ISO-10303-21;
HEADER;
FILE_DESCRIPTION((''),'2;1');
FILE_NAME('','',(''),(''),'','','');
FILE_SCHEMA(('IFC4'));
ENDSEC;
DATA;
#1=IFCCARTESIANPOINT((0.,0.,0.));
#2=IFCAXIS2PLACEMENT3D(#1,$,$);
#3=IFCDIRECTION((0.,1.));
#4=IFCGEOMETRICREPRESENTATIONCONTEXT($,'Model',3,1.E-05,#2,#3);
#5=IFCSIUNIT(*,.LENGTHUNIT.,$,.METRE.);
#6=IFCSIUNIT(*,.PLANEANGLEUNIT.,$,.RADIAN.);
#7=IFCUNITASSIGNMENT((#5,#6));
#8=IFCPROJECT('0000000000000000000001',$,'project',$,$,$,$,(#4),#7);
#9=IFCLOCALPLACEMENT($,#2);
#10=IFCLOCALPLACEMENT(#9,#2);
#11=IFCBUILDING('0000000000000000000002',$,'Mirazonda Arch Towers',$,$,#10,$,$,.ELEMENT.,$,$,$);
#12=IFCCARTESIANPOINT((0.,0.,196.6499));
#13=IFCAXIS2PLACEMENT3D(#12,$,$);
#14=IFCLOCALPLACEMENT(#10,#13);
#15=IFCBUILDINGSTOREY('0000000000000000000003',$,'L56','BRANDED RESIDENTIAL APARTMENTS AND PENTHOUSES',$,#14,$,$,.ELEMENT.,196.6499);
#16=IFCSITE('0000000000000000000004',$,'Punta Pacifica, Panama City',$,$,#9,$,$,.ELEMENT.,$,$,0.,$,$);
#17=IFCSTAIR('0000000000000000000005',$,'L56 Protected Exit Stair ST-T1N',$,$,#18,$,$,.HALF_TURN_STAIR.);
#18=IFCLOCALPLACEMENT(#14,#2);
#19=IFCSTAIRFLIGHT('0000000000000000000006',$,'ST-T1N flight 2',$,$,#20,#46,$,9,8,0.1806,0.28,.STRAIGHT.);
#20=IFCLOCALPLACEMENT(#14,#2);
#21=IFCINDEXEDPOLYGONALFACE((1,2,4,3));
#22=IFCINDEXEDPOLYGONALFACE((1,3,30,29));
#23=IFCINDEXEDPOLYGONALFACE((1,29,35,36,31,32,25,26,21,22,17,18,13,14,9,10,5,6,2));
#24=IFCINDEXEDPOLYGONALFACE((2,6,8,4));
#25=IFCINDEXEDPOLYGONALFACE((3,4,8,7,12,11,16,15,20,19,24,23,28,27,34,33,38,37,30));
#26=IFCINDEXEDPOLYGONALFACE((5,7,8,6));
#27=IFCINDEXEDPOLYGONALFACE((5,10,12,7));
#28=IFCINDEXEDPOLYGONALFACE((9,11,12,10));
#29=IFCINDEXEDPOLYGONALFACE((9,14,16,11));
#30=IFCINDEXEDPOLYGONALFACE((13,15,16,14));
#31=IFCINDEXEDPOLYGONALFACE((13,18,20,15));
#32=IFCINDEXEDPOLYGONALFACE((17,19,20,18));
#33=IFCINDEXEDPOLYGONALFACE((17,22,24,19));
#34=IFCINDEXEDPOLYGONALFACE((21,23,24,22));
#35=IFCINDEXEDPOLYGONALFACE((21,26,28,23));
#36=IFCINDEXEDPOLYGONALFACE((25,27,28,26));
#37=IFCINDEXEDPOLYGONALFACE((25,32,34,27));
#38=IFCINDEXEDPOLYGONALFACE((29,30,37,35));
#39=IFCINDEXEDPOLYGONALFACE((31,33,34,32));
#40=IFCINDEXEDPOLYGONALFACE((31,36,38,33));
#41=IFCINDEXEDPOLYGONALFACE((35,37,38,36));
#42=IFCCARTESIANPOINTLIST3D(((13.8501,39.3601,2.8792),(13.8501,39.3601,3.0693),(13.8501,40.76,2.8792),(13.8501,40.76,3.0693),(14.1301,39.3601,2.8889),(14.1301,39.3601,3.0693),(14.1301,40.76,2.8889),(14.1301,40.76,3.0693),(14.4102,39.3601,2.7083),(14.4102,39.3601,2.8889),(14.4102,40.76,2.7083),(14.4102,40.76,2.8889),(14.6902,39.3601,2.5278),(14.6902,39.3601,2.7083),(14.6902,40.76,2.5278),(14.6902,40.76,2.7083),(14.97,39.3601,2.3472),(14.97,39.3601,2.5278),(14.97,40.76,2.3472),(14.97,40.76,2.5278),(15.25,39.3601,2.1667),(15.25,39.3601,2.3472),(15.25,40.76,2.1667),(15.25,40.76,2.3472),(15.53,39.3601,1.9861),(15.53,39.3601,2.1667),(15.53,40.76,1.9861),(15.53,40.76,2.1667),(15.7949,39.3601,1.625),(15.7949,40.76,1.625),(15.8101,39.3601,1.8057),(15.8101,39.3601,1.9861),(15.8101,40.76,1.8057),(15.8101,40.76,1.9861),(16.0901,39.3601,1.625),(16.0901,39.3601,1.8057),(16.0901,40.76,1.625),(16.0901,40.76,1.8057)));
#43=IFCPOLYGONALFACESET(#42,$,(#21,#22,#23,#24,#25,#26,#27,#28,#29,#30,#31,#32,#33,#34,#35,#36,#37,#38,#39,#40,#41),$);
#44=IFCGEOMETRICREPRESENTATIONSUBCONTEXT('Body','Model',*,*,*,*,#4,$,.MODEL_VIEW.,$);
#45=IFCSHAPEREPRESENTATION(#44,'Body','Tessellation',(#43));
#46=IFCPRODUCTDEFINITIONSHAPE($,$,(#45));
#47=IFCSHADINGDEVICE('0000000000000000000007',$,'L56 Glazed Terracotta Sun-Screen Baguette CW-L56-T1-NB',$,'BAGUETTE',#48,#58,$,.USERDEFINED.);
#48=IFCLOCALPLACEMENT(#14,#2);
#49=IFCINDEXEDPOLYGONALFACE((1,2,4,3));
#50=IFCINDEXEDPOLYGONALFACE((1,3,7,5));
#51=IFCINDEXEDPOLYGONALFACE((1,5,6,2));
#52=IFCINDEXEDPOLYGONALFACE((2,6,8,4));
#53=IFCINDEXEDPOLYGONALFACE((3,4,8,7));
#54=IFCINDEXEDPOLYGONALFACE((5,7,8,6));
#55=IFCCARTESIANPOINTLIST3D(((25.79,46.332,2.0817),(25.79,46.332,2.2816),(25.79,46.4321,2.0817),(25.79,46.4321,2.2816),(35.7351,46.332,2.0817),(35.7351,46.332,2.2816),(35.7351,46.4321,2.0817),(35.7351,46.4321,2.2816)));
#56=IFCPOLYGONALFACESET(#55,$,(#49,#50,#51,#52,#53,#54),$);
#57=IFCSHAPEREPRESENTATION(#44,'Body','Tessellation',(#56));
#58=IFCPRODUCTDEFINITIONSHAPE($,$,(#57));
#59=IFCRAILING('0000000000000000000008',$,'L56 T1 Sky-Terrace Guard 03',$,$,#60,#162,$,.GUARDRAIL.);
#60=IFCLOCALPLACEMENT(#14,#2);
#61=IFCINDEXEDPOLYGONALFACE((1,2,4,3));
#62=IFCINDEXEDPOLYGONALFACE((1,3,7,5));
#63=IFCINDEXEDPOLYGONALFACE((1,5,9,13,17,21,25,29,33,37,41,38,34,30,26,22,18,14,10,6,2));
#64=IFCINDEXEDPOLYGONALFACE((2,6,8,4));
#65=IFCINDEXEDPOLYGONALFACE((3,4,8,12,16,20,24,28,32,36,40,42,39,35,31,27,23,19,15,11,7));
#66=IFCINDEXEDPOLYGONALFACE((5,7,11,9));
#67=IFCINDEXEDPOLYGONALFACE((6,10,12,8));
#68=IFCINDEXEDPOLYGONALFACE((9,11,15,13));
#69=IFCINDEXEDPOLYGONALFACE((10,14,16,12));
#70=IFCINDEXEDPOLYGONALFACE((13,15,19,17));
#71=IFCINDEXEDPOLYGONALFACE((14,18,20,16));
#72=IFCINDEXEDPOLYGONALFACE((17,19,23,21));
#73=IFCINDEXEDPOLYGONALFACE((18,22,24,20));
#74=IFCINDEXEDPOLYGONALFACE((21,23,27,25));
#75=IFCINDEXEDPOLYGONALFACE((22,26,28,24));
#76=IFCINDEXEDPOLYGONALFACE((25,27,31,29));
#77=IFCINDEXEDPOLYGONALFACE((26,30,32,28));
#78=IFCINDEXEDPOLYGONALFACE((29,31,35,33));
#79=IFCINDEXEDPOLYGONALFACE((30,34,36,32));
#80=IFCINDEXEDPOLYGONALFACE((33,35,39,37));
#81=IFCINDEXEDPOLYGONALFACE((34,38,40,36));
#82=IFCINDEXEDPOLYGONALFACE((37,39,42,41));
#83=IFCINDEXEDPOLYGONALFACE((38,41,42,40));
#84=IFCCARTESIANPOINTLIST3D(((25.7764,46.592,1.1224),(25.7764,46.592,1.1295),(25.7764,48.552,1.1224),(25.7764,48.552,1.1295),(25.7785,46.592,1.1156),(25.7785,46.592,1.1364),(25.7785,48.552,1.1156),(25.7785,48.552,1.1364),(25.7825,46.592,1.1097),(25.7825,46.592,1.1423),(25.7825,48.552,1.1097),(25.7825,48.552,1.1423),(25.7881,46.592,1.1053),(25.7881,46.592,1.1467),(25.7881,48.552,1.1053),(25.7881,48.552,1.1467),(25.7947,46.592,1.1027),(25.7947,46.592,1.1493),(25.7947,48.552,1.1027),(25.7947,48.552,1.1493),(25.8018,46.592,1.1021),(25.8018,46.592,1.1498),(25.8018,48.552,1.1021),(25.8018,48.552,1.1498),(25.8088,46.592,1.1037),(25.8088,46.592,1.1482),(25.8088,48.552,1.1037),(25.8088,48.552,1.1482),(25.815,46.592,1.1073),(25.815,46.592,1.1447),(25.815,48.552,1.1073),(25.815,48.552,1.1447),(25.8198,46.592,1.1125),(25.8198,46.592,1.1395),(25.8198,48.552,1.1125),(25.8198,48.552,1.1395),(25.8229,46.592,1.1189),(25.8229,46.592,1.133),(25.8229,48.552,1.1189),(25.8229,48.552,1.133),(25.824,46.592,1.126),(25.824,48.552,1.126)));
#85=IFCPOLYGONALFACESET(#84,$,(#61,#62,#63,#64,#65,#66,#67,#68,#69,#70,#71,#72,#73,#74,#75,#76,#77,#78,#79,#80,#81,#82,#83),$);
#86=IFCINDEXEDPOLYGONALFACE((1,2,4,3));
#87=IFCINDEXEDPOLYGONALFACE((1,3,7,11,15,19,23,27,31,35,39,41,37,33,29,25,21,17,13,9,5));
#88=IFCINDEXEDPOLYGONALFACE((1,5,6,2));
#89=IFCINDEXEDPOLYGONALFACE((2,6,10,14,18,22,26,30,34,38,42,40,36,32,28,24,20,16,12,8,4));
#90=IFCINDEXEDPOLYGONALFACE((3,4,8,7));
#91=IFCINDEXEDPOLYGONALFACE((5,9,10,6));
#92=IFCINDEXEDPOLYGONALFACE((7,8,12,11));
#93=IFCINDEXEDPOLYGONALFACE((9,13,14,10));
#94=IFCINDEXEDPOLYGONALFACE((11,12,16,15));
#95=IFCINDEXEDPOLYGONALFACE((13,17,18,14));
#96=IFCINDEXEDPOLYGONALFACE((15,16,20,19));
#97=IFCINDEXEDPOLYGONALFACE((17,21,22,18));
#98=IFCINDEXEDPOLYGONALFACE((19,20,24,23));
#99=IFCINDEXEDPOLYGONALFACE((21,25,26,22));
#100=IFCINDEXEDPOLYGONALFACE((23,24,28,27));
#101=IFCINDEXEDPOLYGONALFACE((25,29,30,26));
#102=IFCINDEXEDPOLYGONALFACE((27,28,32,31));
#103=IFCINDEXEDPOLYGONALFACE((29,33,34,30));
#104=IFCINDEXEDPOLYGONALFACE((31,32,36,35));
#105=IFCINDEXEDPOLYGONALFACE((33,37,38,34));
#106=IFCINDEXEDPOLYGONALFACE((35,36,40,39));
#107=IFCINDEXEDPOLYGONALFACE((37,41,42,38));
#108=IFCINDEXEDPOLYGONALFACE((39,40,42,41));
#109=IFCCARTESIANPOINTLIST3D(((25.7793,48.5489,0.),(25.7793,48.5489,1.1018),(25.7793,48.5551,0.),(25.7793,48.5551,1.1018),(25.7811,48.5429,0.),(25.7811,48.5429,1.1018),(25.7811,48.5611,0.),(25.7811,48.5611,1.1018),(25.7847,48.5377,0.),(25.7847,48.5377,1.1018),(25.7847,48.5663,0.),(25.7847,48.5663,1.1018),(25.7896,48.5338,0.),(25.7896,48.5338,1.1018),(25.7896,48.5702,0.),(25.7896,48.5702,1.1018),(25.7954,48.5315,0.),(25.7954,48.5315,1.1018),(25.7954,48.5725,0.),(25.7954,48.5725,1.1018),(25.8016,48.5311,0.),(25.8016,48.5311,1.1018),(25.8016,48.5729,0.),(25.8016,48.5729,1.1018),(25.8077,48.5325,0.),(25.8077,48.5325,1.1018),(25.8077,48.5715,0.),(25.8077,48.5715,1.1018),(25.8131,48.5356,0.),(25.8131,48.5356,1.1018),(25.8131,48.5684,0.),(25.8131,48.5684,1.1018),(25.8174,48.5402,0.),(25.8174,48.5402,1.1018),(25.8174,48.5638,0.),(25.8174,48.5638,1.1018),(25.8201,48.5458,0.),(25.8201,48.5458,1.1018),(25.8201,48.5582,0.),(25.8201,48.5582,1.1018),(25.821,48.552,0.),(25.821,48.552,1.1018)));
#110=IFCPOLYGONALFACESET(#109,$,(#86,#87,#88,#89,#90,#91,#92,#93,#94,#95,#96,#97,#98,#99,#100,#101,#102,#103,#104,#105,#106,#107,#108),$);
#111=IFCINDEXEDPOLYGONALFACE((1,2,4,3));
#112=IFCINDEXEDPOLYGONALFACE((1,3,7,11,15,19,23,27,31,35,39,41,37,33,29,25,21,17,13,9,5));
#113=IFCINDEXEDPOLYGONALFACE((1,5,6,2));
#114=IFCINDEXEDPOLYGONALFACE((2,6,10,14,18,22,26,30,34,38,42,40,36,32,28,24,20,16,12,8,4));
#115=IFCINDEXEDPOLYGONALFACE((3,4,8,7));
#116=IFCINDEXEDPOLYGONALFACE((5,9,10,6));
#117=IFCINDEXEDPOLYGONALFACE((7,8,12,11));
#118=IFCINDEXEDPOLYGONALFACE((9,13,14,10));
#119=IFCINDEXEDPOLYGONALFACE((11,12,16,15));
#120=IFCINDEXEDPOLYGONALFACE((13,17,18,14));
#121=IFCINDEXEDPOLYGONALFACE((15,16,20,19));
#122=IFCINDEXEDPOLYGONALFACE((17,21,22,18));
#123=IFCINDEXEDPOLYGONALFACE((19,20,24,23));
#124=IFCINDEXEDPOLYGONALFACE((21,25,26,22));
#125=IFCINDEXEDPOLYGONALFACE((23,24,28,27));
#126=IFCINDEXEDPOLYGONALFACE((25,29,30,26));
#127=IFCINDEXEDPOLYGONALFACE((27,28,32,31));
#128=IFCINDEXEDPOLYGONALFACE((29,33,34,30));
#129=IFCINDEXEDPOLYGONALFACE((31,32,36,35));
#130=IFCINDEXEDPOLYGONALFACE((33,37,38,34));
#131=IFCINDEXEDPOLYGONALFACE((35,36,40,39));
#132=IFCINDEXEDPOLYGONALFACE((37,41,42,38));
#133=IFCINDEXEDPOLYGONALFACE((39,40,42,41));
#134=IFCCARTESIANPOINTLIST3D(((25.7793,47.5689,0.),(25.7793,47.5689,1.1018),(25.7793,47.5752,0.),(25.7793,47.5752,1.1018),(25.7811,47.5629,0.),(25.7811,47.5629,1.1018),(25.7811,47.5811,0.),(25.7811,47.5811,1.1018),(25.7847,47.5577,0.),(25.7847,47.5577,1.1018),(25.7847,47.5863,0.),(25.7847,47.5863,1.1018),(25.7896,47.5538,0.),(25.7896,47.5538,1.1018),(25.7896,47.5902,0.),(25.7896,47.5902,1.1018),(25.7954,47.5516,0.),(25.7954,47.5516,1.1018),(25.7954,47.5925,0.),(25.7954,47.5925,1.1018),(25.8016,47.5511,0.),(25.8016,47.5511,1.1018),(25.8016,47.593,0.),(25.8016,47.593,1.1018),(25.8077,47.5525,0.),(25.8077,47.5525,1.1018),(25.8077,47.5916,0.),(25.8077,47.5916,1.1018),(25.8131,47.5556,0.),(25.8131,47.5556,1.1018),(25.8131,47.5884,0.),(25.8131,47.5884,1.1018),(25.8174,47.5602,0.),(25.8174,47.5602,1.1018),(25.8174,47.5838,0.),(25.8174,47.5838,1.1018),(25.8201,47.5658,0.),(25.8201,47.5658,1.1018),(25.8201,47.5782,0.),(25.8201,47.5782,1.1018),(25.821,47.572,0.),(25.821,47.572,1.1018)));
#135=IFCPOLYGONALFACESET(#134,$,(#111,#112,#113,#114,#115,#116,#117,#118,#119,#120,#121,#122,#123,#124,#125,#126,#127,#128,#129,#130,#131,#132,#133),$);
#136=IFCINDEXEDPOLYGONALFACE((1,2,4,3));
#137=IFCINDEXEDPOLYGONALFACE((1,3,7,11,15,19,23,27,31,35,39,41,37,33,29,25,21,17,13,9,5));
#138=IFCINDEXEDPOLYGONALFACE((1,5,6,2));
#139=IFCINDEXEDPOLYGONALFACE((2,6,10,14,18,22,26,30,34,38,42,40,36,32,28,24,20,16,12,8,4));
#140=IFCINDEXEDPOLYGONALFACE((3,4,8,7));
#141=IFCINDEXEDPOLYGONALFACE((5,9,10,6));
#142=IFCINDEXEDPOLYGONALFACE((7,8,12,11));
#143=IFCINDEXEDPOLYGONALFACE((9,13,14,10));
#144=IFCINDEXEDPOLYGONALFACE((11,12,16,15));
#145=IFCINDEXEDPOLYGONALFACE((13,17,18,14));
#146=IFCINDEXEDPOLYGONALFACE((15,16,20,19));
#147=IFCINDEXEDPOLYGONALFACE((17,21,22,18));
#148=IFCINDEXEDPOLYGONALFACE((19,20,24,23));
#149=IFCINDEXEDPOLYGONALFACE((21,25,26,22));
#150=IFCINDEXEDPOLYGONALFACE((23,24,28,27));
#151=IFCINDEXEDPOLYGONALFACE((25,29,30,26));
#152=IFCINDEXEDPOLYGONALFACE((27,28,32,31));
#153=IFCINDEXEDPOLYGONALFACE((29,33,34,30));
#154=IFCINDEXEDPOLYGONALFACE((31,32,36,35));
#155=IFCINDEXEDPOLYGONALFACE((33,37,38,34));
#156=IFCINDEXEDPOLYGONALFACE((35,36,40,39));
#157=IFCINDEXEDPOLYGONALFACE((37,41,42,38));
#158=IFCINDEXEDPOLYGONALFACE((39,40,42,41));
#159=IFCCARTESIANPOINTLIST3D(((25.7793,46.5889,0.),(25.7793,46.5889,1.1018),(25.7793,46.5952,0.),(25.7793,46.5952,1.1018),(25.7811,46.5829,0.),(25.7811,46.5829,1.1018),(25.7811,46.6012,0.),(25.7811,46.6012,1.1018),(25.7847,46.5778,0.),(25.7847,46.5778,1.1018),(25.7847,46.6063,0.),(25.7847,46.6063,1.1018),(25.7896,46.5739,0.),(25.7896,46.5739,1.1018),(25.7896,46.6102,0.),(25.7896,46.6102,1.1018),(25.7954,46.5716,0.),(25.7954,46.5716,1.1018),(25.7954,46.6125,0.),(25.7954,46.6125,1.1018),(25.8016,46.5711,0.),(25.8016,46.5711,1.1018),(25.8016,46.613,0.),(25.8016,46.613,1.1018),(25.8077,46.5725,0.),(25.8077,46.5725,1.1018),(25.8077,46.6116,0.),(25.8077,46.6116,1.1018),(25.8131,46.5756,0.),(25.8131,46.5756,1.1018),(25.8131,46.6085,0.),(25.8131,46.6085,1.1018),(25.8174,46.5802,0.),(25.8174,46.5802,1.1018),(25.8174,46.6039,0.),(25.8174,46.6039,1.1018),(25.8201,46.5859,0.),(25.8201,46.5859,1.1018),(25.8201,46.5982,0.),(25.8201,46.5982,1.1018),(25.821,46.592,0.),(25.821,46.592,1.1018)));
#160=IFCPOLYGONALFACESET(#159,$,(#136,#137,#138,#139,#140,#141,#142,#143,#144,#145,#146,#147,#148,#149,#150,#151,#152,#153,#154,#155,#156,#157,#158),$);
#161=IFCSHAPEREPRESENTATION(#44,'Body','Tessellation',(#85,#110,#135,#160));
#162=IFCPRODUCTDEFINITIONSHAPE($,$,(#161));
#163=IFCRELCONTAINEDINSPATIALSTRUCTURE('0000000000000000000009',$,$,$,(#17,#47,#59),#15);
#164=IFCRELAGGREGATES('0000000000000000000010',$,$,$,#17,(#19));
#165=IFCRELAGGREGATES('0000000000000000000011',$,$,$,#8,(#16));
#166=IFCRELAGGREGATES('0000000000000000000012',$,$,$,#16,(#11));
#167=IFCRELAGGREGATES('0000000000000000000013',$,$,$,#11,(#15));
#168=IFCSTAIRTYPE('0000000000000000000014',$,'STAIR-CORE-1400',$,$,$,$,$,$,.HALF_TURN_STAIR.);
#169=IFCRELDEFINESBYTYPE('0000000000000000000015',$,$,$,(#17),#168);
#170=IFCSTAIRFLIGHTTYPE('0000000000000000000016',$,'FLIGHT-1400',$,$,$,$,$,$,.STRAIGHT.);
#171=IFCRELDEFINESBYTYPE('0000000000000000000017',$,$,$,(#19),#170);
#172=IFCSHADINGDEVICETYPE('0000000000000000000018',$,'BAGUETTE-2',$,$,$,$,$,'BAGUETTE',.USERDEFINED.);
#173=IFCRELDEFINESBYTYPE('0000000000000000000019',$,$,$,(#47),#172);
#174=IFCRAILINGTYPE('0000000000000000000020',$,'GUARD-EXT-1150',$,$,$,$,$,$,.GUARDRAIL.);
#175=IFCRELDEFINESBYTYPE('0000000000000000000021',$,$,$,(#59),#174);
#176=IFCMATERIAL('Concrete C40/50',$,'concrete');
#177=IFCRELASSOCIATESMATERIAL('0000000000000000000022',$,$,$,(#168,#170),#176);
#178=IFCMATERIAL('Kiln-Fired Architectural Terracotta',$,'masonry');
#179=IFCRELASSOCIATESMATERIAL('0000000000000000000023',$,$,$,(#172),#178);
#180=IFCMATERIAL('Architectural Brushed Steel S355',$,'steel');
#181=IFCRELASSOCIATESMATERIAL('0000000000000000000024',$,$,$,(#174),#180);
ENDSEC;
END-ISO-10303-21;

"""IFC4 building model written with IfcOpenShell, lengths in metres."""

from ifc_helpers import new_model, si_unit, direction, frame, origin, origin_2d, place, context, subcontext, project, spatial, polyline, rectangle, circle, outline, extrude, material, material_profile, profile_set, type_object, element, aggregate, save


model = new_model("IFC4")

# Units and contexts
model_context = context("Model", 3, precision=1e-05, world=origin(), true_north=direction((0.0, 1.0)))
body_context = subcontext(model_context, "Body", "Model", "MODEL_VIEW")
ifc_project = project(units=[si_unit("LENGTHUNIT", "METRE"), si_unit("PLANEANGLEUNIT", "RADIAN")], contexts=[model_context])

# Site, building, storey
site_placement = place(None, origin())
site = spatial("IfcSite", under=ifc_project, at=site_placement, Name="Punta Pacifica, Panama City", CompositionType="ELEMENT", RefElevation=0.0)
building_placement = place(site_placement, origin())
building = spatial("IfcBuilding", under=site, at=building_placement, Name="Mirazonda Arch Towers", CompositionType="ELEMENT")
storey_placement = place(building_placement, frame((0.0, 0.0, 196.6499)))
storey = spatial("IfcBuildingStorey", under=building, at=storey_placement, Name="L56", Description="BRANDED RESIDENTIAL APARTMENTS AND PENTHOUSES", CompositionType="ELEMENT", Elevation=196.6499)

# Shared definitions
ifc_material_1 = material(Name="Concrete C40/50", Category="concrete")

# Shared definitions
ifc_material_2 = material(Name="Architectural Brushed Steel S355", Category="steel")

# Stair, stair flight
stair_type = type_object("IfcStairType", Name="STAIR-CORE-1400", PredefinedType="HALF_TURN_STAIR", material=ifc_material_1)
stair_placement = place(storey_placement, origin())
stair = element("IfcStair", 1, at=stair_placement, inside=storey, type_object=stair_type, Name="L56 Protected Exit Stair ST-T1N", PredefinedType="HALF_TURN_STAIR")
stair_flight_type = type_object("IfcStairFlightType", Name="FLIGHT-1400", PredefinedType="STRAIGHT", material=ifc_material_1)
stair_flight_placement = place(storey_placement, frame((16.0901, 40.0601, 1.625), z_axis=(0.0, 0.0, 1.0), x_axis=(-1.0, 0.0, 0.0)))
stair_flight = element("IfcStairFlight", 2, at=stair_flight_placement, type_object=stair_flight_type, Name="ST-T1N flight 2", NumberOfRisers=9, NumberOfTreads=8, PredefinedType="STRAIGHT", RiserHeight=0.1806, TreadLength=0.28, context=body_context, shape_type="SweptSolid", body=[
    extrude(outline(polyline([(0.0, 0.0), (0.0, 0.1807), (0.28, 0.1807), (0.28, 0.3611), (0.5601, 0.3611), (0.5601, 0.5417), (0.8401, 0.5417), (0.8401, 0.7222), (1.1201, 0.7222), (1.1201, 0.9028), (1.3999, 0.9028), (1.3999, 1.0833), (1.6799, 1.0833), (1.6799, 1.2639), (1.96, 1.2639), (1.96, 1.4443), (2.24, 1.4443), (2.24, 1.625), (2.24, 1.2542), (0.2952, 0.0), (0.0, 0.0)])), frame((0.0, 0.7, 0.0), z_axis=(0.0, -1.0, 0.0), x_axis=(1.0, 0.0, 0.0)), (0.0, 0.0, 1.0), 1.3999),
])
aggregate(stair, [stair_flight])

# Shading device
ifc_material_3 = material(Name="Kiln-Fired Architectural Terracotta", Category="masonry")
ifc_material_profile_1 = material_profile(ifc_material_3, rectangle(XDim=0.1001, YDim=0.2, at=origin_2d()), Name="TERRA-BAG-100x200")
ifc_profile_set_1 = profile_set([ifc_material_profile_1], Name="Kiln-Fired Architectural Terracotta")
shading_device_type = type_object("IfcShadingDeviceType", Name="BAGUETTE-2", ElementType="BAGUETTE", PredefinedType="USERDEFINED", material=ifc_profile_set_1)
shading_device_placement = place(storey_placement, frame((25.79, 46.3821, 2.1816), z_axis=(1.0, 0.0, 0.0), x_axis=(0.0, 1.0, 0.0)))
element("IfcShadingDevice", 3, at=shading_device_placement, inside=storey, type_object=shading_device_type, Name="L56 Glazed Terracotta Sun-Screen Baguette CW-L56-T1-NB", ObjectType="BAGUETTE", PredefinedType="USERDEFINED", context=body_context, shape_type="SweptSolid", body=[
    extrude(rectangle(XDim=0.1001, YDim=0.2, at=origin_2d()), origin(), (0.0, 0.0, 1.0), 9.9451),
])

# Railing
railing_type_1 = type_object("IfcRailingType", Name="GUARD-EXT-1150", PredefinedType="GUARDRAIL", material=ifc_material_2)
railing_1_placement = place(storey_placement, frame((25.8, 48.552, 0.0)))
element("IfcRailing", 4, at=railing_1_placement, inside=storey, type_object=railing_type_1, Name="L56 T1 Sky-Terrace Guard 03", PredefinedType="GUARDRAIL", context=body_context, shape_type="SweptSolid", body=[
    extrude(circle(Radius=0.0239, at=origin_2d()), frame((0.0, 0.0, 1.126), z_axis=(0.0, -1.0, 0.0), x_axis=(1.0, 0.0, 0.0)), (0.0, 0.0, 1.0), 1.96),
    extrude(circle(Radius=0.021, at=origin_2d()), origin(), (0.0, 0.0, 1.0), 1.1018),
    extrude(circle(Radius=0.021, at=origin_2d()), frame((0.0, -0.98, 0.0)), (0.0, 0.0, 1.0), 1.1018),
    extrude(circle(Radius=0.021, at=origin_2d()), frame((0.0, -1.96, 0.0)), (0.0, 0.0, 1.0), 1.1018),
])

save(model, "model.ifc")
